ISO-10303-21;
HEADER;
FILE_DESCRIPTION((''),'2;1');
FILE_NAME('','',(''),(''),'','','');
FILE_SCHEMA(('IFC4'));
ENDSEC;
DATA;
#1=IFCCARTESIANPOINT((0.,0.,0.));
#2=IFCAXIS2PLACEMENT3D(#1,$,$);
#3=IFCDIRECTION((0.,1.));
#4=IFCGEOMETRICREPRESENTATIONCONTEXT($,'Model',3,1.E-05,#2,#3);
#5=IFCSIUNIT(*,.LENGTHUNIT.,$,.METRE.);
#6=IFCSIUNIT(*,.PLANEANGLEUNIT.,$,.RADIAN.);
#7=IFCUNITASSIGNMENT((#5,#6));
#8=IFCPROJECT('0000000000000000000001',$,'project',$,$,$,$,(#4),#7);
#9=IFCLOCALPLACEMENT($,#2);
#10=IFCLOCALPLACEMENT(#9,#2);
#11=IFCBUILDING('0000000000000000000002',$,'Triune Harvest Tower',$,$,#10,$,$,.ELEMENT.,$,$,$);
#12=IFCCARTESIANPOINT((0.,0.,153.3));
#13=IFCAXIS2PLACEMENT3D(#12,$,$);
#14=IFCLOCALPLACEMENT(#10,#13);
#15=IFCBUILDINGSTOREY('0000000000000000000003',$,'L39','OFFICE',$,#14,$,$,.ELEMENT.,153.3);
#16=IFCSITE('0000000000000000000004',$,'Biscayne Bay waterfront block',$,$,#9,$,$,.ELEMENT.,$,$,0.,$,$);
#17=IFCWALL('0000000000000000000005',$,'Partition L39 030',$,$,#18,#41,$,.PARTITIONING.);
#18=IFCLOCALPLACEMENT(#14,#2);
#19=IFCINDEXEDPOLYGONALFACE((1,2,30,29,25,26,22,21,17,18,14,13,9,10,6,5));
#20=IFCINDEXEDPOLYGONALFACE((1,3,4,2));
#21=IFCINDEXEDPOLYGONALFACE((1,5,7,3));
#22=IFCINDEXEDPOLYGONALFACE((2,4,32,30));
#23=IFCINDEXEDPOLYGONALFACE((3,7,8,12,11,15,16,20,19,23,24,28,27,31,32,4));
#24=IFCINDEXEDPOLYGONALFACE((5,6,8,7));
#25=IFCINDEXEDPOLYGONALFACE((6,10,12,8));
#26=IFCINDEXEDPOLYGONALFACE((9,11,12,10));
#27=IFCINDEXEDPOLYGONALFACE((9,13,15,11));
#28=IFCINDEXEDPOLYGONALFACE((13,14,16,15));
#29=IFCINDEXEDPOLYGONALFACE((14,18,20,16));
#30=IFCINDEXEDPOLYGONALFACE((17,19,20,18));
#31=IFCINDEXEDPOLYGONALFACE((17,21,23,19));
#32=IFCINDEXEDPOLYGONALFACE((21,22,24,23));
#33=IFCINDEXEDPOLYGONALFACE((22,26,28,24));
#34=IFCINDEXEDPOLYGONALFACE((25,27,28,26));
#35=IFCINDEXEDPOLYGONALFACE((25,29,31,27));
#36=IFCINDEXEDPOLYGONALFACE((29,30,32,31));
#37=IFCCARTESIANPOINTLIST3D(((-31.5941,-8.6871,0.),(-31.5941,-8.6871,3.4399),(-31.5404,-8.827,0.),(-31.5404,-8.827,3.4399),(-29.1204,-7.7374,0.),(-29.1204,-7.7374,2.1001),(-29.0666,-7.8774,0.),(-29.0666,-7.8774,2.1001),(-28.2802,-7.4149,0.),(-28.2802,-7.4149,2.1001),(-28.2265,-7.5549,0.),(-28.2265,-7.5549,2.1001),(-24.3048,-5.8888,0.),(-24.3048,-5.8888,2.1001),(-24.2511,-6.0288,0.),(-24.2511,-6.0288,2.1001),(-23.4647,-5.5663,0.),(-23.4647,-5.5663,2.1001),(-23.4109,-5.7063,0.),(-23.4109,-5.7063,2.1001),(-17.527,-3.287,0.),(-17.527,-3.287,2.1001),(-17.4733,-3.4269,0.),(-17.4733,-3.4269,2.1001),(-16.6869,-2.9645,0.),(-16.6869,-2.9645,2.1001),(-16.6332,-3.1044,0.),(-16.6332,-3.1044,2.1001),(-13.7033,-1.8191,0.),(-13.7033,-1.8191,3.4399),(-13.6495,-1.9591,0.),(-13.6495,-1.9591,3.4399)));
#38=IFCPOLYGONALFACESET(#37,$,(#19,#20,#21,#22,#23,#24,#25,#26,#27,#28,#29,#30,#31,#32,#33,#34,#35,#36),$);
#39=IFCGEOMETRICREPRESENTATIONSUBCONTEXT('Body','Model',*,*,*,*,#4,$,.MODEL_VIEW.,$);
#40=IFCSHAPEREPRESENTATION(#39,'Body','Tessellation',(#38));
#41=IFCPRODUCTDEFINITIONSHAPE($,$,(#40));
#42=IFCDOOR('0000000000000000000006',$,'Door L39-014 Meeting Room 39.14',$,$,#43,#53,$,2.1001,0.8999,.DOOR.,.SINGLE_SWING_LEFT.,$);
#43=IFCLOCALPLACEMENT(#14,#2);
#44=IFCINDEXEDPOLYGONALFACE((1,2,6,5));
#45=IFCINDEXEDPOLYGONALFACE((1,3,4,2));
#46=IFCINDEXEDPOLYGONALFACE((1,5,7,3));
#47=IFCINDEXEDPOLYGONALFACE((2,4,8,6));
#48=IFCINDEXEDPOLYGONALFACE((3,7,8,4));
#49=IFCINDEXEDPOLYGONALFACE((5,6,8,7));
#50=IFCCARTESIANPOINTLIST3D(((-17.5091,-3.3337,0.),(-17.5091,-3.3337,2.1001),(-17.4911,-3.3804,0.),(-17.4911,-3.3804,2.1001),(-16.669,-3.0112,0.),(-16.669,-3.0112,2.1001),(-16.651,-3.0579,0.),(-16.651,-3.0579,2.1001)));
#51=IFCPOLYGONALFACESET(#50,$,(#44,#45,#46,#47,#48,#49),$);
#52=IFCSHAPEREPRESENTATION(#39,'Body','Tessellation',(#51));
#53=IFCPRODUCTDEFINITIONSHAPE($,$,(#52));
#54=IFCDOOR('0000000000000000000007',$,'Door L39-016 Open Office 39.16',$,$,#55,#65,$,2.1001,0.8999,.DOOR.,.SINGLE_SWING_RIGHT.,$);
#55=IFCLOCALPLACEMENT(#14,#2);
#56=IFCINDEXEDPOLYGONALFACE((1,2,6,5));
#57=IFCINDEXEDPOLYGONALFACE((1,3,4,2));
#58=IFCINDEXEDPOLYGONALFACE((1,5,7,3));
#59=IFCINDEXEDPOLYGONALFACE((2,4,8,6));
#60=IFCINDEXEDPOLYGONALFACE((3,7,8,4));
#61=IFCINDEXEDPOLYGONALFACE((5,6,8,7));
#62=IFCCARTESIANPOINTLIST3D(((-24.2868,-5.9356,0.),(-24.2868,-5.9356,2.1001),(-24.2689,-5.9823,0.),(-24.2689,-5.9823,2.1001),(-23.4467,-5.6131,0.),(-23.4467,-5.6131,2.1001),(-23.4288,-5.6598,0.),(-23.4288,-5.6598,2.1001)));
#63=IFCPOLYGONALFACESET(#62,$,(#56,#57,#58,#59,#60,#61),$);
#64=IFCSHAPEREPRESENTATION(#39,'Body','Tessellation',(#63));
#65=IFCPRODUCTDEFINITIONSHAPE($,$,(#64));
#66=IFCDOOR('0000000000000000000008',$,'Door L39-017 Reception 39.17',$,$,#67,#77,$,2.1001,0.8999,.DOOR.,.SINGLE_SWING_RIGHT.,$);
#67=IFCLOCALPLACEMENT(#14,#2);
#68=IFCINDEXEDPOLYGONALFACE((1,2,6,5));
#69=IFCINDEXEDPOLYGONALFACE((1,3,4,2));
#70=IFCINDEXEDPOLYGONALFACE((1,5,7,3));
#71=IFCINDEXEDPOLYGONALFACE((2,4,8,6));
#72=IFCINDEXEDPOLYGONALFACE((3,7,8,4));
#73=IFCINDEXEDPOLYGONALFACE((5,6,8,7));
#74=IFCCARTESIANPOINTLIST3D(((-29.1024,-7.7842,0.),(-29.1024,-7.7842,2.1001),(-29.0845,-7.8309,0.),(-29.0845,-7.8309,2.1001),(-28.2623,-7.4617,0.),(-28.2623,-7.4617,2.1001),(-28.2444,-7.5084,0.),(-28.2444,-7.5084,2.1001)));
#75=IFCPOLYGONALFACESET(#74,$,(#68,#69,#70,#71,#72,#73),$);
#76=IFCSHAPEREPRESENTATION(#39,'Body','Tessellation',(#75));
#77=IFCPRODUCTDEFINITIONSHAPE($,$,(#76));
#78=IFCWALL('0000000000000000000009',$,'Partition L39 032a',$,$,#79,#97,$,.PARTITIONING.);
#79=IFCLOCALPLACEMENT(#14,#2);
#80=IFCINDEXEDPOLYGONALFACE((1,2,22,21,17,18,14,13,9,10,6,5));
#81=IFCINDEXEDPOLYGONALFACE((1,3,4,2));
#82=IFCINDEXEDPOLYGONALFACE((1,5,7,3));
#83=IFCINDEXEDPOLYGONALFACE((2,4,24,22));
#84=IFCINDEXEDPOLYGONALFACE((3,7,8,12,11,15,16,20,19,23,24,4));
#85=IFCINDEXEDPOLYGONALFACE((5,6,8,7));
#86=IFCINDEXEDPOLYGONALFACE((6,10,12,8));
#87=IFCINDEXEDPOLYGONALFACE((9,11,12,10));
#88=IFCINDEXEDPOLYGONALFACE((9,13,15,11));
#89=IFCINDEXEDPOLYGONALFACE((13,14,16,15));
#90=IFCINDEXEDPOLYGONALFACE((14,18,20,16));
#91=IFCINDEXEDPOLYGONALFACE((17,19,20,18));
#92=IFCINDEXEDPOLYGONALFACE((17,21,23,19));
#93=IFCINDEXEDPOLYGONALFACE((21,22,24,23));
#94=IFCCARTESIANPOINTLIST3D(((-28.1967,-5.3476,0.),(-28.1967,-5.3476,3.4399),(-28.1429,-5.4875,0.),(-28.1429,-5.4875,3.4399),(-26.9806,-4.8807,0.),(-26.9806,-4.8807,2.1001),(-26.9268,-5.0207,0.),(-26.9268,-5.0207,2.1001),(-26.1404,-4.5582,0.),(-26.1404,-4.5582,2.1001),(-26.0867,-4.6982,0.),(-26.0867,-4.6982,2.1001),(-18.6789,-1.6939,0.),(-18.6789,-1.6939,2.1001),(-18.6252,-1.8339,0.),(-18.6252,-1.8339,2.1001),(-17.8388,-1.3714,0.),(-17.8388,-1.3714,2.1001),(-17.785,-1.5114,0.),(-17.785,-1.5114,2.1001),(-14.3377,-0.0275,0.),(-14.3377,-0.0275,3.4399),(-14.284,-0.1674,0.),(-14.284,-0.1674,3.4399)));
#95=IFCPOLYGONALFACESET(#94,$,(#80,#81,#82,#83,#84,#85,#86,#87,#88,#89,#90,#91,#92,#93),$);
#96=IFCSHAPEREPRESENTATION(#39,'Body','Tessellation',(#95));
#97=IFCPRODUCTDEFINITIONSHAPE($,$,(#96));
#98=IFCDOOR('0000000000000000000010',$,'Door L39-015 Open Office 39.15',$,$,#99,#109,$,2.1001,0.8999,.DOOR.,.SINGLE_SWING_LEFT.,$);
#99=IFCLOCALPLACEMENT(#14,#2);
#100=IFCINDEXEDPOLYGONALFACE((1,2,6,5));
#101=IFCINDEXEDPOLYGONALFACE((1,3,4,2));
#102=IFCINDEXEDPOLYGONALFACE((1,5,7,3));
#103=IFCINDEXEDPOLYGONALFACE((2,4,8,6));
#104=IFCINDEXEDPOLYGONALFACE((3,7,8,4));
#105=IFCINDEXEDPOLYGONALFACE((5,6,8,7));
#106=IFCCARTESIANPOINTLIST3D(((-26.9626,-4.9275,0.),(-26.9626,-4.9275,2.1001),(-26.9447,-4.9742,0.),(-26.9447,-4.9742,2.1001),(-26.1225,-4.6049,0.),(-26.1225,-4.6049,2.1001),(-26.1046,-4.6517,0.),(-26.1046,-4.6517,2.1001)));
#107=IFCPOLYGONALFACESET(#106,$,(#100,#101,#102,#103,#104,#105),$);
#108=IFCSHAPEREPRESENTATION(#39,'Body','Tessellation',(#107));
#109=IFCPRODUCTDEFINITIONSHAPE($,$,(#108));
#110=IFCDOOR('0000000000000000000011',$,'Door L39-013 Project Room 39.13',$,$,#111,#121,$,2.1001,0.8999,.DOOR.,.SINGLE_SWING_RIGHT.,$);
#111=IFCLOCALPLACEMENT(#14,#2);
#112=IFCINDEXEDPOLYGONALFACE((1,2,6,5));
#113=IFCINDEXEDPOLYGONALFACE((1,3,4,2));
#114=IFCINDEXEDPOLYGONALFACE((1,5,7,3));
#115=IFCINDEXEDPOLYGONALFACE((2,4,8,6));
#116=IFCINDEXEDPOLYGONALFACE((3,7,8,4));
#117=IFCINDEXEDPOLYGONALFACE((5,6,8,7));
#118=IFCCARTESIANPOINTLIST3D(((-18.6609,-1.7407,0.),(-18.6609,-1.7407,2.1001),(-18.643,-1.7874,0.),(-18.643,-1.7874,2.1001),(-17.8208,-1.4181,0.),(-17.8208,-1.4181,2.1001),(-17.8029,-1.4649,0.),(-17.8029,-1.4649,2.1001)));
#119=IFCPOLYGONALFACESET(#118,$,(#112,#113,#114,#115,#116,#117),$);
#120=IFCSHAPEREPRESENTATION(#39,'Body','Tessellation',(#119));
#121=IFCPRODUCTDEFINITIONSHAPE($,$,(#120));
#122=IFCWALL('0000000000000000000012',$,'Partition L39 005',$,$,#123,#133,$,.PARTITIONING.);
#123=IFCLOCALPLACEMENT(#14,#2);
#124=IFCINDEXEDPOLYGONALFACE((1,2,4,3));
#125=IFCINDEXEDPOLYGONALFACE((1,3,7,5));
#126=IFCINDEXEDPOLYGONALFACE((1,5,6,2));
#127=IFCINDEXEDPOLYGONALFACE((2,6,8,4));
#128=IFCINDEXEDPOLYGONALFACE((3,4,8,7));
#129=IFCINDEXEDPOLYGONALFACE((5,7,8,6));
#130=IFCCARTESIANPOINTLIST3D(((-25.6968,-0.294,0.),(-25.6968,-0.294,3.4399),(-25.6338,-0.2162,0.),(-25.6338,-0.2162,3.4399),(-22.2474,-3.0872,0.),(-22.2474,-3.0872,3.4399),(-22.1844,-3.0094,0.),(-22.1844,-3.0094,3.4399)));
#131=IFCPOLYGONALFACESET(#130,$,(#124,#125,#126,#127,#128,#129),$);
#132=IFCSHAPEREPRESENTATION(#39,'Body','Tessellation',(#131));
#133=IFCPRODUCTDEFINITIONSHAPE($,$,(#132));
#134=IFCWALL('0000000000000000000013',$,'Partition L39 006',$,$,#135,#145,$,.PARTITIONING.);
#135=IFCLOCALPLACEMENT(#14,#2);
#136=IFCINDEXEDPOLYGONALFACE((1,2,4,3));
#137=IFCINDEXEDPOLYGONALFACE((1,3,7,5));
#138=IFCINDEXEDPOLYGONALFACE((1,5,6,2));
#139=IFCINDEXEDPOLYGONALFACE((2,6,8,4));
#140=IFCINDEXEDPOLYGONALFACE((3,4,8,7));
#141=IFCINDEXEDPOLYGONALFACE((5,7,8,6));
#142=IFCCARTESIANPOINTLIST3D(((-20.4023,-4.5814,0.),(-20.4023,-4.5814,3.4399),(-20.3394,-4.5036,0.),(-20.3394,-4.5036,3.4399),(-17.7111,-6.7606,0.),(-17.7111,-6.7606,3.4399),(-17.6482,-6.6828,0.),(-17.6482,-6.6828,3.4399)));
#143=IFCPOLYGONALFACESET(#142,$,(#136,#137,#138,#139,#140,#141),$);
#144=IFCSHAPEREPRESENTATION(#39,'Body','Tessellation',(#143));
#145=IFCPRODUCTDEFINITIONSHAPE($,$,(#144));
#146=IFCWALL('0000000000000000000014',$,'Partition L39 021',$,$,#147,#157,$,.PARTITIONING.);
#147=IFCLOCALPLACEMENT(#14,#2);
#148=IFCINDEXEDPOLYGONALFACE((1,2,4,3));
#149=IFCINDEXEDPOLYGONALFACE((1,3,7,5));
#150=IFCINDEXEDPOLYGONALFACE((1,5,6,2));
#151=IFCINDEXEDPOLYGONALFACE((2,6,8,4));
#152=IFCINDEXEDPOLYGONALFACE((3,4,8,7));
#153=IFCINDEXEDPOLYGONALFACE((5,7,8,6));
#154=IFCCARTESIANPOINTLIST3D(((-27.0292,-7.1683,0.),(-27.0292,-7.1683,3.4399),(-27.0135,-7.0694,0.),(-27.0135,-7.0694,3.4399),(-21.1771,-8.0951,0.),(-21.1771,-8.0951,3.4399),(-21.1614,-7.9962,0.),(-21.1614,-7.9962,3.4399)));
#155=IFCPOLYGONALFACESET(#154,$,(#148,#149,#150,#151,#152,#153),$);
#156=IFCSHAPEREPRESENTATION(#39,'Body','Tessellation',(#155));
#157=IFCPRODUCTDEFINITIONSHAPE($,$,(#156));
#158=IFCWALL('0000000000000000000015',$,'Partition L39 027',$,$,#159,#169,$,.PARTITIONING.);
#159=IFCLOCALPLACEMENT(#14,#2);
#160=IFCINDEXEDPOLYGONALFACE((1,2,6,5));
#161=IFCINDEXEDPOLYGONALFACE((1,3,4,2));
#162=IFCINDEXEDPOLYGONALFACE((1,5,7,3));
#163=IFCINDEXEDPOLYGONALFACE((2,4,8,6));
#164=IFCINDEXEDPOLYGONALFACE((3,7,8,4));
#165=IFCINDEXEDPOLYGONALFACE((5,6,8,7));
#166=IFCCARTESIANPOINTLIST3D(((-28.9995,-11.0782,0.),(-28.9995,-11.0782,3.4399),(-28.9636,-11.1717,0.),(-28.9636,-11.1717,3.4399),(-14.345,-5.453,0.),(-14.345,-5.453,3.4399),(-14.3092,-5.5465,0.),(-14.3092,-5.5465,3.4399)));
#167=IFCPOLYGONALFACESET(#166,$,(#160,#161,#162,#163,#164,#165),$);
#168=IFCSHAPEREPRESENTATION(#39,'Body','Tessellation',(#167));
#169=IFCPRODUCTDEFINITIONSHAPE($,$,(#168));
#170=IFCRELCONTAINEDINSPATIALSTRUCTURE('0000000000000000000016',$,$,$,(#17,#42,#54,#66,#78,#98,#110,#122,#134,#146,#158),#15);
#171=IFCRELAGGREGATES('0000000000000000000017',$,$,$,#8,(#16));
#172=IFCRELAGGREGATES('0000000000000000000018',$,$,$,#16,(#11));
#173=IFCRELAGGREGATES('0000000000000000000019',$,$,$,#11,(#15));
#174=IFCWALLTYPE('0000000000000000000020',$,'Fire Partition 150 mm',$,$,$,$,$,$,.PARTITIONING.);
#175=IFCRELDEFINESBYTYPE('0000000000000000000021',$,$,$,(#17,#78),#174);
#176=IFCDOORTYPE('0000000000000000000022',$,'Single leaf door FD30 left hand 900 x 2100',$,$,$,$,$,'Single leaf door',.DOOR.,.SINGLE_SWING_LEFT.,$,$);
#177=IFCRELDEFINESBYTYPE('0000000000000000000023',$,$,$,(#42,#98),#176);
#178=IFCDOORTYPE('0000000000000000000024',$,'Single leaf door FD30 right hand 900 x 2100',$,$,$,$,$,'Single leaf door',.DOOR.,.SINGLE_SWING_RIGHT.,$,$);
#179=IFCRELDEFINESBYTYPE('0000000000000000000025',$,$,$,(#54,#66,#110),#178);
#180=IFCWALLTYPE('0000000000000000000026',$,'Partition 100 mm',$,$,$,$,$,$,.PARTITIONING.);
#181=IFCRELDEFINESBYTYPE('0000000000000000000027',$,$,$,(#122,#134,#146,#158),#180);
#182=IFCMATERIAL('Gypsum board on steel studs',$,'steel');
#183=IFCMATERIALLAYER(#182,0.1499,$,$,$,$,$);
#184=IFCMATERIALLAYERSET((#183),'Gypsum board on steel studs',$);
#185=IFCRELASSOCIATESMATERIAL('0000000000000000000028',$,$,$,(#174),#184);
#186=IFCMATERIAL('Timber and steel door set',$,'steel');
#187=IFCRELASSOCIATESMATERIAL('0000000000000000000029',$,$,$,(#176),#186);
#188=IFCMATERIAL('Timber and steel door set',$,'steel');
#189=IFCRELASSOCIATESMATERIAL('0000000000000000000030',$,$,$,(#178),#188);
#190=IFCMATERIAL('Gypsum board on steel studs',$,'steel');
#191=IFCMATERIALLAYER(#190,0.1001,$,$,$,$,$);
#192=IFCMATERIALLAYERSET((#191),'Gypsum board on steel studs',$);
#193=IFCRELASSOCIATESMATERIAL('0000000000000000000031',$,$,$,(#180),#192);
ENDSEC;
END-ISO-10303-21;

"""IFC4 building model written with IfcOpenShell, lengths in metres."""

from ifc_helpers import new_model, si_unit, direction, frame, frame_2d, origin, place, context, subcontext, project, spatial, rectangle, extrude, material, layer, layer_set, type_object, element, fill, save


model = new_model("IFC4")

# Units and contexts
model_context = context("Model", 3, precision=1e-05, world=origin(), true_north=direction((0.0, 1.0)))
body_context = subcontext(model_context, "Body", "Model", "MODEL_VIEW")
ifc_project = project(units=[si_unit("LENGTHUNIT", "METRE"), si_unit("PLANEANGLEUNIT", "RADIAN")], contexts=[model_context])

# Site, building, storey
site_placement = place(None, origin())
site = spatial("IfcSite", under=ifc_project, at=site_placement, Name="Biscayne Bay waterfront block", CompositionType="ELEMENT", RefElevation=0.0)
building_placement = place(site_placement, origin())
building = spatial("IfcBuilding", under=site, at=building_placement, Name="Triune Harvest Tower", CompositionType="ELEMENT")
storey_placement = place(building_placement, frame((0.0, 0.0, 153.3)))
storey = spatial("IfcBuildingStorey", under=building, at=storey_placement, Name="L39", Description="OFFICE", CompositionType="ELEMENT", Elevation=153.3)

# Walls, openings, doors
ifc_material_1 = material(Name="Gypsum board on steel studs", Category="steel")
ifc_layer_1 = layer(ifc_material_1, 0.1499)
ifc_layer_set_1 = layer_set([ifc_layer_1], Name="Gypsum board on steel studs")
wall_type_1 = type_object("IfcWallType", Name="Fire Partition 150 mm", PredefinedType="PARTITIONING", material=ifc_layer_set_1)
wall_1_placement = place(storey_placement, frame((-31.5674, -8.7571, 0.0), z_axis=(0.0, 0.0, 1.0), x_axis=(0.933576, 0.35838, 0.0)))
wall_1 = element("IfcWall", 1, at=wall_1_placement, inside=storey, type_object=wall_type_1, Name="Partition L39 030", PredefinedType="PARTITIONING", context=body_context, shape_type="SweptSolid", body=[
    extrude(rectangle(XDim=19.1638, YDim=0.1499, at=frame_2d((9.582, 0.0))), origin(), (0.0, 0.0, 1.0), 3.4399),
])
opening_1_placement = place(wall_1_placement, frame((15.0681, 0.0, 0.0)))
opening_1 = element("IfcOpeningElement", 2, at=opening_1_placement, cuts=wall_1, PredefinedType="OPENING", context=body_context, shape_type="SweptSolid", body=[
    extrude(rectangle(XDim=0.8999, YDim=2.1001, at=frame_2d((0.45, 1.05))), frame((0.0, 0.085, 0.0), z_axis=(0.0, -1.0, 0.0), x_axis=(1.0, 0.0, 0.0)), (0.0, 0.0, 1.0), 0.1699),
])
opening_2_placement = place(wall_1_placement, frame((7.8081, 0.0, 0.0)))
opening_2 = element("IfcOpeningElement", 3, at=opening_2_placement, cuts=wall_1, PredefinedType="OPENING", context=body_context, shape_type="SweptSolid", body=[
    extrude(rectangle(XDim=0.8999, YDim=2.1001, at=frame_2d((0.45, 1.05))), frame((0.0, 0.085, 0.0), z_axis=(0.0, -1.0, 0.0), x_axis=(1.0, 0.0, 0.0)), (0.0, 0.0, 1.0), 0.1699),
])
opening_3_placement = place(wall_1_placement, frame((2.6499, 0.0, 0.0)))
opening_3 = element("IfcOpeningElement", 4, at=opening_3_placement, cuts=wall_1, PredefinedType="OPENING", context=body_context, shape_type="SweptSolid", body=[
    extrude(rectangle(XDim=0.8999, YDim=2.1001, at=frame_2d((0.45, 1.05))), frame((0.0, 0.085, 0.0), z_axis=(0.0, -1.0, 0.0), x_axis=(1.0, 0.0, 0.0)), (0.0, 0.0, 1.0), 0.1699),
])
ifc_material_2 = material(Name="Timber and steel door set", Category="steel")
door_type_1 = type_object("IfcDoorType", Name="Single leaf door FD30 left hand 900 x 2100", ElementType="Single leaf door", OperationType="SINGLE_SWING_LEFT", PredefinedType="DOOR", material=ifc_material_2)
door_1_placement = place(opening_1_placement, origin())
door_1 = element("IfcDoor", 5, at=door_1_placement, inside=storey, type_object=door_type_1, Name="Door L39-014 Meeting Room 39.14", OperationType="SINGLE_SWING_LEFT", OverallHeight=2.1001, OverallWidth=0.8999, PredefinedType="DOOR", context=body_context, shape_type="SweptSolid", body=[
    extrude(rectangle(XDim=0.8999, YDim=2.1001, at=frame_2d((0.45, 1.05))), frame((0.0, 0.0249, 0.0), z_axis=(0.0, -1.0, 0.0), x_axis=(1.0, 0.0, 0.0)), (0.0, 0.0, 1.0), 0.05),
])
fill(opening_1, door_1)
ifc_material_3 = material(Name="Timber and steel door set", Category="steel")
door_type_2 = type_object("IfcDoorType", Name="Single leaf door FD30 right hand 900 x 2100", ElementType="Single leaf door", OperationType="SINGLE_SWING_RIGHT", PredefinedType="DOOR", material=ifc_material_3)
door_2_placement = place(opening_2_placement, origin())
door_2 = element("IfcDoor", 6, at=door_2_placement, inside=storey, type_object=door_type_2, Name="Door L39-016 Open Office 39.16", OperationType="SINGLE_SWING_RIGHT", OverallHeight=2.1001, OverallWidth=0.8999, PredefinedType="DOOR", context=body_context, shape_type="SweptSolid", body=[
    extrude(rectangle(XDim=0.8999, YDim=2.1001, at=frame_2d((0.45, 1.05))), frame((0.0, 0.0249, 0.0), z_axis=(0.0, -1.0, 0.0), x_axis=(1.0, 0.0, 0.0)), (0.0, 0.0, 1.0), 0.05),
])
fill(opening_2, door_2)
door_3_placement = place(opening_3_placement, origin())
door_3 = element("IfcDoor", 7, at=door_3_placement, inside=storey, type_object=door_type_2, Name="Door L39-017 Reception 39.17", OperationType="SINGLE_SWING_RIGHT", OverallHeight=2.1001, OverallWidth=0.8999, PredefinedType="DOOR", context=body_context, shape_type="SweptSolid", body=[
    extrude(rectangle(XDim=0.8999, YDim=2.1001, at=frame_2d((0.45, 1.05))), frame((0.0, 0.0249, 0.0), z_axis=(0.0, -1.0, 0.0), x_axis=(1.0, 0.0, 0.0)), (0.0, 0.0, 1.0), 0.05),
])
fill(opening_3, door_3)
wall_2_placement = place(storey_placement, frame((-28.1697, -5.4175, 0.0), z_axis=(0.0, 0.0, 1.0), x_axis=(0.933577, 0.358376, 0.0)))
wall_2 = element("IfcWall", 8, at=wall_2_placement, inside=storey, type_object=wall_type_1, Name="Partition L39 032a", PredefinedType="PARTITIONING", context=body_context, shape_type="SweptSolid", body=[
    extrude(rectangle(XDim=14.845, YDim=0.1499, at=frame_2d((7.4224, 0.0))), origin(), (0.0, 0.0, 1.0), 3.4399),
])
opening_4_placement = place(wall_2_placement, frame((10.1948, 0.0, 0.0)))
opening_4 = element("IfcOpeningElement", 9, at=opening_4_placement, cuts=wall_2, PredefinedType="OPENING", context=body_context, shape_type="SweptSolid", body=[
    extrude(rectangle(XDim=0.8999, YDim=2.1001, at=frame_2d((0.45, 1.05))), frame((0.0, 0.085, 0.0), z_axis=(0.0, -1.0, 0.0), x_axis=(1.0, 0.0, 0.0)), (0.0, 0.0, 1.0), 0.1699),
])
opening_5_placement = place(wall_2_placement, frame((1.3025, 0.0, 0.0)))
opening_5 = element("IfcOpeningElement", 10, at=opening_5_placement, cuts=wall_2, PredefinedType="OPENING", context=body_context, shape_type="SweptSolid", body=[
    extrude(rectangle(XDim=0.8999, YDim=2.1001, at=frame_2d((0.45, 1.05))), frame((0.0, 0.085, 0.0), z_axis=(0.0, -1.0, 0.0), x_axis=(1.0, 0.0, 0.0)), (0.0, 0.0, 1.0), 0.1699),
])
door_4_placement = place(opening_5_placement, origin())
door_4 = element("IfcDoor", 11, at=door_4_placement, inside=storey, type_object=door_type_1, Name="Door L39-015 Open Office 39.15", OperationType="SINGLE_SWING_LEFT", OverallHeight=2.1001, OverallWidth=0.8999, PredefinedType="DOOR", context=body_context, shape_type="SweptSolid", body=[
    extrude(rectangle(XDim=0.8999, YDim=2.1001, at=frame_2d((0.45, 1.05))), frame((0.0, 0.0249, 0.0), z_axis=(0.0, -1.0, 0.0), x_axis=(1.0, 0.0, 0.0)), (0.0, 0.0, 1.0), 0.05),
])
fill(opening_5, door_4)
door_5_placement = place(opening_4_placement, origin())
door_5 = element("IfcDoor", 12, at=door_5_placement, inside=storey, type_object=door_type_2, Name="Door L39-013 Project Room 39.13", OperationType="SINGLE_SWING_RIGHT", OverallHeight=2.1001, OverallWidth=0.8999, PredefinedType="DOOR", context=body_context, shape_type="SweptSolid", body=[
    extrude(rectangle(XDim=0.8999, YDim=2.1001, at=frame_2d((0.45, 1.05))), frame((0.0, 0.0249, 0.0), z_axis=(0.0, -1.0, 0.0), x_axis=(1.0, 0.0, 0.0)), (0.0, 0.0, 1.0), 0.05),
])
fill(opening_4, door_5)

# Walls
ifc_material_4 = material(Name="Gypsum board on steel studs", Category="steel")
ifc_layer_2 = layer(ifc_material_4, 0.1001)
ifc_layer_set_2 = layer_set([ifc_layer_2], Name="Gypsum board on steel studs")
wall_type_2 = type_object("IfcWallType", Name="Partition 100 mm", PredefinedType="PARTITIONING", material=ifc_layer_set_2)
wall_3_placement = place(storey_placement, frame((-25.6653, -0.2551, 0.0), z_axis=(0.0, 0.0, 1.0), x_axis=(0.777158, -0.629306, 0.0)))
element("IfcWall", 13, at=wall_3_placement, inside=storey, type_object=wall_type_2, Name="Partition L39 005", PredefinedType="PARTITIONING", context=body_context, shape_type="SweptSolid", body=[
    extrude(rectangle(XDim=4.4385, YDim=0.1001, at=frame_2d((2.2192, 0.0))), origin(), (0.0, 0.0, 1.0), 3.4399),
])
wall_4_placement = place(storey_placement, frame((-20.3708, -4.5425, 0.0), z_axis=(0.0, 0.0, 1.0), x_axis=(0.777155, -0.62931, 0.0)))
element("IfcWall", 14, at=wall_4_placement, inside=storey, type_object=wall_type_2, Name="Partition L39 006", PredefinedType="PARTITIONING", context=body_context, shape_type="SweptSolid", body=[
    extrude(rectangle(XDim=3.4629, YDim=0.1001, at=frame_2d((1.7314, 0.0))), origin(), (0.0, 0.0, 1.0), 3.4399),
])
wall_5_placement = place(storey_placement, frame((-27.0212, -7.1189, 0.0), z_axis=(0.0, 0.0, 1.0), x_axis=(0.987691, -0.156415, 0.0)))
element("IfcWall", 15, at=wall_5_placement, inside=storey, type_object=wall_type_2, Name="Partition L39 021", PredefinedType="PARTITIONING", context=body_context, shape_type="SweptSolid", body=[
    extrude(rectangle(XDim=5.925, YDim=0.1001, at=frame_2d((2.9624, 0.0))), origin(), (0.0, 0.0, 1.0), 3.4399),
])
wall_6_placement = place(storey_placement, frame((-28.9817, -11.125, 0.0), z_axis=(0.0, 0.0, 1.0), x_axis=(0.933583, 0.358362, 0.0)))
element("IfcWall", 16, at=wall_6_placement, inside=storey, type_object=wall_type_2, Name="Partition L39 027", PredefinedType="PARTITIONING", context=body_context, shape_type="SweptSolid", body=[
    extrude(rectangle(XDim=15.697, YDim=0.1001, at=frame_2d((7.8486, 0.0))), origin(), (0.0, 0.0, 1.0), 3.4399),
])

save(model, "model.ifc")
